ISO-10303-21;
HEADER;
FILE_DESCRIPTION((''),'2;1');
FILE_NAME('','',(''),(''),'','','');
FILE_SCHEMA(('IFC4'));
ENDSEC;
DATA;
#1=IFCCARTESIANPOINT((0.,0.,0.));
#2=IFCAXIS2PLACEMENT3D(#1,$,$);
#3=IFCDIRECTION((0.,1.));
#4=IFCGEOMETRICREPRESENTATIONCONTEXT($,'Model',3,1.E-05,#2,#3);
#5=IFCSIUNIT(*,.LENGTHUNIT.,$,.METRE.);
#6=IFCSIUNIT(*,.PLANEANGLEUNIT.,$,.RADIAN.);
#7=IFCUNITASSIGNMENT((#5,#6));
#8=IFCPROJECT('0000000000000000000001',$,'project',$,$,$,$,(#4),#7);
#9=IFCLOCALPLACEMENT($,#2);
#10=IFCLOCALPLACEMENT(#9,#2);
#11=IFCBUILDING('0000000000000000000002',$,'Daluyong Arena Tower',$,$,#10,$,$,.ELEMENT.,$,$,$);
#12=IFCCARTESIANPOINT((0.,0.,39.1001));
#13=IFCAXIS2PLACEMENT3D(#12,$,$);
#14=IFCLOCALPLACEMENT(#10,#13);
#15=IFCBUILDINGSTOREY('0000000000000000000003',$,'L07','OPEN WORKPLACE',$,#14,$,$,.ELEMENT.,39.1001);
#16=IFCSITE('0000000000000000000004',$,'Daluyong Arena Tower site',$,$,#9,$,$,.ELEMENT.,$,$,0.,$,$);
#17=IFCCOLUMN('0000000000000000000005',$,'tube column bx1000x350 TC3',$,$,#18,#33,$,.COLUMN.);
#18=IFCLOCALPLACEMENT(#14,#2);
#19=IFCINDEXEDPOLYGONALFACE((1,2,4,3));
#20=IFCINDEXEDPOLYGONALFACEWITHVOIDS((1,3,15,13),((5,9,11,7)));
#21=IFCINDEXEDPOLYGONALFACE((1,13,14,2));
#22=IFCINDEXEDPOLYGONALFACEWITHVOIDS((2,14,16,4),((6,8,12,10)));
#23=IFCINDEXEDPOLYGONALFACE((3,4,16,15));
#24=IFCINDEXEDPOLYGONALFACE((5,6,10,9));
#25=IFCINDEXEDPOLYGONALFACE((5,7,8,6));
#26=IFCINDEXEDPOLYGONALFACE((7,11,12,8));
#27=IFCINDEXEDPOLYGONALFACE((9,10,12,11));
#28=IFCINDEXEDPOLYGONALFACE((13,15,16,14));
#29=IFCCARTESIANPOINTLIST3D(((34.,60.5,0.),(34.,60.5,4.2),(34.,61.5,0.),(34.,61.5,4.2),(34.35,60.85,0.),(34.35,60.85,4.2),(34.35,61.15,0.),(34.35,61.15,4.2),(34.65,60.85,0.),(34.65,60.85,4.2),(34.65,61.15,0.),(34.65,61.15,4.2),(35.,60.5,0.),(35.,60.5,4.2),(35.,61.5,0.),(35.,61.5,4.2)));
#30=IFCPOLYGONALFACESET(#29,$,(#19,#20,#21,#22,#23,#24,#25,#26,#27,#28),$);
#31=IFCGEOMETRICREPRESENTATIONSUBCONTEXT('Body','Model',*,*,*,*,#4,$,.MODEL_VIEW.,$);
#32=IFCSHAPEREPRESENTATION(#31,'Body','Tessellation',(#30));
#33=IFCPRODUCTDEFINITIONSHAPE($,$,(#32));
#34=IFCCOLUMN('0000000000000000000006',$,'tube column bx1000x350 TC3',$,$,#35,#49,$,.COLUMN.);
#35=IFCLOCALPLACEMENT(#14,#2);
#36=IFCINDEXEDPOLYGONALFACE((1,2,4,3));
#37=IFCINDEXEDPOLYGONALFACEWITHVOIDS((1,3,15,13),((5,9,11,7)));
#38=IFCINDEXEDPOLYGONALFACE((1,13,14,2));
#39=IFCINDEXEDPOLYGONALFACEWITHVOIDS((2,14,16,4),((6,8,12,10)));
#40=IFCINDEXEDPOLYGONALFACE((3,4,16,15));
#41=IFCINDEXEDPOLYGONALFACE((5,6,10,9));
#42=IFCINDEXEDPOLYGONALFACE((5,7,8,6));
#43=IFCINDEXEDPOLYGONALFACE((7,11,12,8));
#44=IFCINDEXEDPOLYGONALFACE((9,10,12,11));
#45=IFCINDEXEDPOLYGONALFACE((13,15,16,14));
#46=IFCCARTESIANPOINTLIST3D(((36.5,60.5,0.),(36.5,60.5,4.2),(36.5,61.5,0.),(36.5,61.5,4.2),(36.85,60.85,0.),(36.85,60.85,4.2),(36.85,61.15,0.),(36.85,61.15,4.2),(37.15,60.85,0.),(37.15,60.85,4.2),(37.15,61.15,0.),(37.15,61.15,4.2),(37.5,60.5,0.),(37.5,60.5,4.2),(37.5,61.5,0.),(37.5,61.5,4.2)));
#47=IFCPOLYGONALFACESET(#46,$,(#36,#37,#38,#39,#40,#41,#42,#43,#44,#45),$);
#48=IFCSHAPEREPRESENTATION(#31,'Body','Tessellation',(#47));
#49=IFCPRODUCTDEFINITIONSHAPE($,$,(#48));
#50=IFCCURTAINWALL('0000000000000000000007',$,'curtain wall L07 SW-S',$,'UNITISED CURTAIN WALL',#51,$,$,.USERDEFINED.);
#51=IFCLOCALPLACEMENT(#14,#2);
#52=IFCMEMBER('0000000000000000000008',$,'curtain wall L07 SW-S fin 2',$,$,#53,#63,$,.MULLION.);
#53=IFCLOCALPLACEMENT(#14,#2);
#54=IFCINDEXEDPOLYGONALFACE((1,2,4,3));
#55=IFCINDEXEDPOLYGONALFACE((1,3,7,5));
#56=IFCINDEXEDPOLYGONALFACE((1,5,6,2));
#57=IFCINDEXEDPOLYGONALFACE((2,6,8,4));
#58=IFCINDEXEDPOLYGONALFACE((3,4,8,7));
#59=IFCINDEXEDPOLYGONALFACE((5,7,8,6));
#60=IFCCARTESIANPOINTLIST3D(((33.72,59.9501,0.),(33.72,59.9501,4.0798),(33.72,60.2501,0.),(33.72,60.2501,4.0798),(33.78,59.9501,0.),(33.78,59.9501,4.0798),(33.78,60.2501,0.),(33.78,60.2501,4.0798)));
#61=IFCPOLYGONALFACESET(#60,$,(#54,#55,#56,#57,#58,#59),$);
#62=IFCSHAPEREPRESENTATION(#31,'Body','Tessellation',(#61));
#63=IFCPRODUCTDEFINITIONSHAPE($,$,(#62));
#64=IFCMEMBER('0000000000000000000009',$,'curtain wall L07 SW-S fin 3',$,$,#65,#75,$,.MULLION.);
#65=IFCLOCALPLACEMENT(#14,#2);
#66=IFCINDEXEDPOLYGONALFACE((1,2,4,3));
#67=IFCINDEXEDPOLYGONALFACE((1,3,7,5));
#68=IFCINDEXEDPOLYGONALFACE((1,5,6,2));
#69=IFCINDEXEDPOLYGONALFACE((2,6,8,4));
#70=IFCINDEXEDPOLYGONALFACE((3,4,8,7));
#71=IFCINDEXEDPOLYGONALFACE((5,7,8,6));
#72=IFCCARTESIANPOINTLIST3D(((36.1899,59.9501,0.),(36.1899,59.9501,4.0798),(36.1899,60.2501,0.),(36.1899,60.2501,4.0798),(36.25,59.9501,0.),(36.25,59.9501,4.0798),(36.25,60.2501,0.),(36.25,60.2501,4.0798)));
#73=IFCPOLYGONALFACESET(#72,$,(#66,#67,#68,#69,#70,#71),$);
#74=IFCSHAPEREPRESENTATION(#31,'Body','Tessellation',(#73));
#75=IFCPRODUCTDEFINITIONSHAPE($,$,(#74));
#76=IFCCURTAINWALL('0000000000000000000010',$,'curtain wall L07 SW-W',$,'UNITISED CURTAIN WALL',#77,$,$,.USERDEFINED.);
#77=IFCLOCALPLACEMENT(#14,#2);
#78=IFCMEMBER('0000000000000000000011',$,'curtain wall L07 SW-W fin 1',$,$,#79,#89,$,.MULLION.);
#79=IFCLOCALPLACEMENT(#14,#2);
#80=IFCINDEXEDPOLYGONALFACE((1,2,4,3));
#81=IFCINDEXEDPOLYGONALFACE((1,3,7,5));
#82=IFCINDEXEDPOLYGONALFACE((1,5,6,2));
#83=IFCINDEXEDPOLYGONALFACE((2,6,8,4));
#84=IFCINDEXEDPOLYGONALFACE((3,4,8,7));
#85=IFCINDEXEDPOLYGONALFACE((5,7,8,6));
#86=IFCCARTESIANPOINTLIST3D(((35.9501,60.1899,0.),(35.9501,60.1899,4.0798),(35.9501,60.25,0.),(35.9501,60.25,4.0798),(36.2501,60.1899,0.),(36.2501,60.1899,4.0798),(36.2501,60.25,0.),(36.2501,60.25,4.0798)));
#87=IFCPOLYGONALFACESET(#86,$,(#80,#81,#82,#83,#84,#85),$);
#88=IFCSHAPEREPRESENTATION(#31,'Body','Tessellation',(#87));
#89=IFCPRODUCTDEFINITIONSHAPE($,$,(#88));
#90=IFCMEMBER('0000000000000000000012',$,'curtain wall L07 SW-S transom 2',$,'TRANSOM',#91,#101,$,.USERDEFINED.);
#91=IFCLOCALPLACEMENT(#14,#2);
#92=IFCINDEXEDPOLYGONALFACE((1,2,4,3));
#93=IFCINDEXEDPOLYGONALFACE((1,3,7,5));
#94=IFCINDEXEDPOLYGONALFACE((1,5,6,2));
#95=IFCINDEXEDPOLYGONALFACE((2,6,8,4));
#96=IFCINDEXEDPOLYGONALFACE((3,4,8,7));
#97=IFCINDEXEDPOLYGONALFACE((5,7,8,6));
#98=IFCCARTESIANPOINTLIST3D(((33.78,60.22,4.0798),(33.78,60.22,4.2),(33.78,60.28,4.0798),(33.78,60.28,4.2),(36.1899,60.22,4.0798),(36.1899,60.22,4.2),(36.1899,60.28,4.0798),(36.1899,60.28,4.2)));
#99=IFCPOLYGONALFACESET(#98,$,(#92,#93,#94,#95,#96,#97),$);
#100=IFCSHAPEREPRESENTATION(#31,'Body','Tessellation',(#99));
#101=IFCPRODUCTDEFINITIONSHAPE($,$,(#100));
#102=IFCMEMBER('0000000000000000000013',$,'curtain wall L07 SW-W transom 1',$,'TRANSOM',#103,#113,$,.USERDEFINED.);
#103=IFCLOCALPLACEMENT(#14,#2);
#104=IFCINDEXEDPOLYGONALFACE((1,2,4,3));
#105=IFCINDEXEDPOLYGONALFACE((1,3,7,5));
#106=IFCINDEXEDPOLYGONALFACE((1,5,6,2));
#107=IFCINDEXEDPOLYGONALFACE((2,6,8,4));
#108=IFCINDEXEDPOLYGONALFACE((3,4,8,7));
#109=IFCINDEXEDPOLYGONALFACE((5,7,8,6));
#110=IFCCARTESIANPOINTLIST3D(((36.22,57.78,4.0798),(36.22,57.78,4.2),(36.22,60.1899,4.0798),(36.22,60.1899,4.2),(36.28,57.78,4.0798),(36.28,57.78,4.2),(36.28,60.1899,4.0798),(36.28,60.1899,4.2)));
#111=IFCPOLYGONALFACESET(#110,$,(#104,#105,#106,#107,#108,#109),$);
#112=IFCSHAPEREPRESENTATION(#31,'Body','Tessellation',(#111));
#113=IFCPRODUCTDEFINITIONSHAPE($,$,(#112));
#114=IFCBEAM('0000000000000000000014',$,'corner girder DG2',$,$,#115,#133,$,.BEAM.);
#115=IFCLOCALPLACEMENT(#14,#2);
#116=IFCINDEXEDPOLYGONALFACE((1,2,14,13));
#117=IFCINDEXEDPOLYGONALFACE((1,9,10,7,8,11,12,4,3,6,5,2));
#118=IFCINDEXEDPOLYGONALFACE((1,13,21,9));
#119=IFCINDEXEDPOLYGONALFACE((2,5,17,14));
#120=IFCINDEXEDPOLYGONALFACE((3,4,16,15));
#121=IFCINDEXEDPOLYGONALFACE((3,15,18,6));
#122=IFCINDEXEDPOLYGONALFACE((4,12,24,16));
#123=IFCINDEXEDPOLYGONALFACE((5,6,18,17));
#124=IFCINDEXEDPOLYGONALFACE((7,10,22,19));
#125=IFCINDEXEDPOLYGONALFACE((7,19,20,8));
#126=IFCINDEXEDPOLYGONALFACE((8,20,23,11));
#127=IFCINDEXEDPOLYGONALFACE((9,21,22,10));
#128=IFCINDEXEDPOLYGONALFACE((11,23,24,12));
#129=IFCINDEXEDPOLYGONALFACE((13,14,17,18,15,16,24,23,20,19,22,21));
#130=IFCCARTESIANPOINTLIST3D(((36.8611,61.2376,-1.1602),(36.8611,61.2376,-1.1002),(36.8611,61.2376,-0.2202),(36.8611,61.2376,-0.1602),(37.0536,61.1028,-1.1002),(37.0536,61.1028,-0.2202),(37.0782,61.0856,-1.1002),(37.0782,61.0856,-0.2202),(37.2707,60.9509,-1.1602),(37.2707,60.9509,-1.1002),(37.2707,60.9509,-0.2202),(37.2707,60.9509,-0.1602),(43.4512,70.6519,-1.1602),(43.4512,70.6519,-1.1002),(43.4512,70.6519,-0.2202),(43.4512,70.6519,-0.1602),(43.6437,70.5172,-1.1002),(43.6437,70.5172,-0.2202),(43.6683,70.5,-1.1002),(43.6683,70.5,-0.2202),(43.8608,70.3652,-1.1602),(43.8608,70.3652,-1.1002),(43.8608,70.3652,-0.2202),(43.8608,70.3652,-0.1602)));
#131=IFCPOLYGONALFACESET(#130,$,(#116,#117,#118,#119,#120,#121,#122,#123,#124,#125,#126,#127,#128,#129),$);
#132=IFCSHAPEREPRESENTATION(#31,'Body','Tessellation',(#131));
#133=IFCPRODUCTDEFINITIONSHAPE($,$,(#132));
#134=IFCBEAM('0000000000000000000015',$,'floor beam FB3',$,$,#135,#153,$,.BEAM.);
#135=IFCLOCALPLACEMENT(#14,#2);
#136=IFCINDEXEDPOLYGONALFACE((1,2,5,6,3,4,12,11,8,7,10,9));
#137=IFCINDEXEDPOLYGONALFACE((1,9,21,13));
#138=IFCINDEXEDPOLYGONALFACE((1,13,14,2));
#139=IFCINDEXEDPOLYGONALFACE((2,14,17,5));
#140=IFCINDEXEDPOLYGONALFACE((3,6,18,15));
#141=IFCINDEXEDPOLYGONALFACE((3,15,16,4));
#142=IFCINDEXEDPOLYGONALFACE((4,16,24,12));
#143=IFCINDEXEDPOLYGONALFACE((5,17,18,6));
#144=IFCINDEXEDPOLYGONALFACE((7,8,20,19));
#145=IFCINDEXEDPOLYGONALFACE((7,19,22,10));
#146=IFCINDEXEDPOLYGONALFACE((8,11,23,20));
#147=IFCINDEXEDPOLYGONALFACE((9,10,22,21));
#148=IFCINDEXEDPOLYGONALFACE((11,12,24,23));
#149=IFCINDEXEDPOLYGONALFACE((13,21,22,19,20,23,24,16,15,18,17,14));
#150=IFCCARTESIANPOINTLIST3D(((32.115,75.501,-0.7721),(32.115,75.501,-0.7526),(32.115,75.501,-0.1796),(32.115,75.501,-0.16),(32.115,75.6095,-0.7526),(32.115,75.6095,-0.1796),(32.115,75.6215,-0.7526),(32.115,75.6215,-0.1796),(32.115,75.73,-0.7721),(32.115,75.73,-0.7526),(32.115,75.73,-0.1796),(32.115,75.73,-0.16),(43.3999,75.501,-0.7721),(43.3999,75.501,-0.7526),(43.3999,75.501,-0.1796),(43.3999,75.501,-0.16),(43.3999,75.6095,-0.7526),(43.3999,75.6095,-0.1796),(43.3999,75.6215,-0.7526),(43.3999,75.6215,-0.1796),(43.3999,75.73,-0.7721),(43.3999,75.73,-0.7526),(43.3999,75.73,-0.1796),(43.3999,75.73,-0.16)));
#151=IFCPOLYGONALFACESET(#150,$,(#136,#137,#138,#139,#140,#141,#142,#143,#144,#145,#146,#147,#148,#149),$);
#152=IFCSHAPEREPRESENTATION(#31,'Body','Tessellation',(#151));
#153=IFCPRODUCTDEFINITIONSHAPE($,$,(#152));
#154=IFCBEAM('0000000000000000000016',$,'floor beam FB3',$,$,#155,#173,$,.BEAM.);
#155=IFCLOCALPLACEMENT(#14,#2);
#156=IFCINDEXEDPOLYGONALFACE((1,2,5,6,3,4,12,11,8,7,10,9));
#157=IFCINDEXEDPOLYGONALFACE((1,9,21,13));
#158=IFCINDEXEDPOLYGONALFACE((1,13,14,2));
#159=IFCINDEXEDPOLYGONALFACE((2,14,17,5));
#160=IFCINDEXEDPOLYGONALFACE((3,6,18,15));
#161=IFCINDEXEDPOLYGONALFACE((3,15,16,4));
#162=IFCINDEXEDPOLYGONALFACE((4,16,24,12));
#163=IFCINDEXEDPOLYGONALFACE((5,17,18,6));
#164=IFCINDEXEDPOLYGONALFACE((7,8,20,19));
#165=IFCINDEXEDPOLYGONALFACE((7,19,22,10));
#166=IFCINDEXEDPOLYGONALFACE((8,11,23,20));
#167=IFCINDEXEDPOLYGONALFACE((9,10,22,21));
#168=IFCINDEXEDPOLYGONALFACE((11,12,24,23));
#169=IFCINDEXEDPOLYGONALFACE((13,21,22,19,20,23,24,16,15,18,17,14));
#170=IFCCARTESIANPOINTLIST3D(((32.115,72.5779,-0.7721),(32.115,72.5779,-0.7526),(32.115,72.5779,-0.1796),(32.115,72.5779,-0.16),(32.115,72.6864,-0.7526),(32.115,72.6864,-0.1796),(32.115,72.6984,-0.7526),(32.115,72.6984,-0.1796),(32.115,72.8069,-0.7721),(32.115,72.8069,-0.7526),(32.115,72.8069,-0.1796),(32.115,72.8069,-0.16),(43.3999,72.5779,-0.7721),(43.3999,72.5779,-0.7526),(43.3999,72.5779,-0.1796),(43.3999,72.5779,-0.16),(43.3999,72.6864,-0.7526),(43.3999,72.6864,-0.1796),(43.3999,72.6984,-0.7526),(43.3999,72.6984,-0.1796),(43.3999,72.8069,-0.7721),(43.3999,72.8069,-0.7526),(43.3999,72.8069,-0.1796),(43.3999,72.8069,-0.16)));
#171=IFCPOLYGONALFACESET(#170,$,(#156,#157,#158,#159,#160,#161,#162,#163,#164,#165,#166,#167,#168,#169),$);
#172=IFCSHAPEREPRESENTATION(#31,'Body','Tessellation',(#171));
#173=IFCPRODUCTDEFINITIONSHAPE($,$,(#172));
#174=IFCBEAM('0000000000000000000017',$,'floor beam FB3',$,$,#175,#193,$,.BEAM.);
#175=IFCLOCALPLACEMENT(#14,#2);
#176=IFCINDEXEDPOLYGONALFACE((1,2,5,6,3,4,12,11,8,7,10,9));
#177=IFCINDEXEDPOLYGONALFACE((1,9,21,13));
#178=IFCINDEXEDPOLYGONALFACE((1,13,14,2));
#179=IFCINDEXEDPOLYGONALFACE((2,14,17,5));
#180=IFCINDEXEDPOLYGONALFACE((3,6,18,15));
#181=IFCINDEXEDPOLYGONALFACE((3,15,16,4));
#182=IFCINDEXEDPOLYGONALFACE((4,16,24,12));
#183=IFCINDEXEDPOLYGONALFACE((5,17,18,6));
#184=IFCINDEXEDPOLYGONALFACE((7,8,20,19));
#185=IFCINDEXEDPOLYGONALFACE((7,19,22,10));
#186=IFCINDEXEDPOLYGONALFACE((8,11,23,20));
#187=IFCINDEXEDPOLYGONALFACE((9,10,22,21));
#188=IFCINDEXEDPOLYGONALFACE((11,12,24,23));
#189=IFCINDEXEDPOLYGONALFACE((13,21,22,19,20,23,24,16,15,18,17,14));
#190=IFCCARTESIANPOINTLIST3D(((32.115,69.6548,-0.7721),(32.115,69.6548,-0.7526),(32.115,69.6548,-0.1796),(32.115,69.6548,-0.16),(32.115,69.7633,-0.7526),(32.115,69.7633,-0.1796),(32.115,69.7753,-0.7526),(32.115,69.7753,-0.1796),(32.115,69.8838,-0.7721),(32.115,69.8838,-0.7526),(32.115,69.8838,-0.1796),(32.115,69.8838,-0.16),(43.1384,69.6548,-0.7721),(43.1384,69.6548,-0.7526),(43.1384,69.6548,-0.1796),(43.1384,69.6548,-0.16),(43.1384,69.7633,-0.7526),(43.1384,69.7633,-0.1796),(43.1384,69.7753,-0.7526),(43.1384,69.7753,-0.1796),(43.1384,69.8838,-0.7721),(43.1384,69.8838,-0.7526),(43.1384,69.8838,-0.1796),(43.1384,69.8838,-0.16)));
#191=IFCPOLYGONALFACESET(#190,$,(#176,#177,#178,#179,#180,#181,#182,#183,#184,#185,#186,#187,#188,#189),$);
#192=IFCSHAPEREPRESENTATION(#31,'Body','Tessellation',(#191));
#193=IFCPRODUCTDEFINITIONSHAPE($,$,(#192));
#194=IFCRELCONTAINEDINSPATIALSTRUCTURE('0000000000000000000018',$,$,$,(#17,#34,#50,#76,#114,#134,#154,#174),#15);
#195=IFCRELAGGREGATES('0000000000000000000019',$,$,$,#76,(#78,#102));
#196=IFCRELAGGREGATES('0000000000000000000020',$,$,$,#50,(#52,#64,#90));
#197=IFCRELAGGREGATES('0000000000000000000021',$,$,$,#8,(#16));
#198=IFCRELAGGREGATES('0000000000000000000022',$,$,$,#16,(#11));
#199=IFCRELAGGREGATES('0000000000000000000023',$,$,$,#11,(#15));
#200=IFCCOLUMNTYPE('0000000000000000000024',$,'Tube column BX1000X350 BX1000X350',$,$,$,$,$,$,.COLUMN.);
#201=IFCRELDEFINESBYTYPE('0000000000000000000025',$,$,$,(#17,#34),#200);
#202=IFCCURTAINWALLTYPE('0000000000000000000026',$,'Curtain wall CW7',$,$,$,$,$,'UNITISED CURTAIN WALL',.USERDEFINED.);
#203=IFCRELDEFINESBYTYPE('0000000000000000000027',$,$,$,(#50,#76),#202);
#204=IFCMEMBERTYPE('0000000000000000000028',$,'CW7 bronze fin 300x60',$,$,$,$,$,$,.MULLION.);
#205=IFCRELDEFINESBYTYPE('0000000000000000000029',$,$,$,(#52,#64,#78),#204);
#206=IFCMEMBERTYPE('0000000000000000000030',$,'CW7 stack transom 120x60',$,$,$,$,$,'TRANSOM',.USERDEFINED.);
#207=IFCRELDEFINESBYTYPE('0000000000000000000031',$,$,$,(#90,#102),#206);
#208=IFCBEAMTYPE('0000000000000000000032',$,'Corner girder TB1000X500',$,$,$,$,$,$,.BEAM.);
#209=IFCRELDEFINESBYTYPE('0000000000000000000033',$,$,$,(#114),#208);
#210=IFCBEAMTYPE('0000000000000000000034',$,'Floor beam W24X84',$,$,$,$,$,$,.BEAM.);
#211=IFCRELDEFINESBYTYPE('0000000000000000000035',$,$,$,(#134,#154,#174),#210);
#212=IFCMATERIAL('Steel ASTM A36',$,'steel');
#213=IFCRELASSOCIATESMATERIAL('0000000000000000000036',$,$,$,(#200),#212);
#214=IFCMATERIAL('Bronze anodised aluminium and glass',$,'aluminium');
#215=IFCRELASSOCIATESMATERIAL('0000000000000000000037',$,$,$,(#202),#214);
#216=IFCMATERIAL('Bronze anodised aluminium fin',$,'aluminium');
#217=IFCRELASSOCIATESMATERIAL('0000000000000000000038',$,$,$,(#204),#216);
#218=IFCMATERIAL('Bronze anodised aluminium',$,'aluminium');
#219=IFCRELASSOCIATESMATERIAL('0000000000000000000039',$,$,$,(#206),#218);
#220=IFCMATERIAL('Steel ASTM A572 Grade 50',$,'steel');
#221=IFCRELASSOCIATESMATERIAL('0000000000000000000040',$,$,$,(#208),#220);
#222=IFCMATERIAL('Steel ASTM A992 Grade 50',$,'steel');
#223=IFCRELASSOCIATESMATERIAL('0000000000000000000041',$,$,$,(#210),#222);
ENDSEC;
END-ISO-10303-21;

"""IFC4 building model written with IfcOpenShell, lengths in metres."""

from ifc_helpers import new_model, si_unit, direction, frame, origin, origin_2d, place, context, subcontext, project, spatial, rectangle, hollow_rectangle, i_section, extrude, material, material_profile, profile_set, type_object, element, aggregate, save


model = new_model("IFC4")

# Units and contexts
model_context = context("Model", 3, precision=1e-05, world=origin(), true_north=direction((0.0, 1.0)))
body_context = subcontext(model_context, "Body", "Model", "MODEL_VIEW")
ifc_project = project(units=[si_unit("LENGTHUNIT", "METRE"), si_unit("PLANEANGLEUNIT", "RADIAN")], contexts=[model_context])

# Site, building, storey
site_placement = place(None, origin())
site = spatial("IfcSite", under=ifc_project, at=site_placement, Name="Daluyong Arena Tower site", CompositionType="ELEMENT", RefElevation=0.0)
building_placement = place(site_placement, origin())
building = spatial("IfcBuilding", under=site, at=building_placement, Name="Daluyong Arena Tower", CompositionType="ELEMENT")
storey_placement = place(building_placement, frame((0.0, 0.0, 39.1001)))
storey = spatial("IfcBuildingStorey", under=building, at=storey_placement, Name="L07", Description="OPEN WORKPLACE", CompositionType="ELEMENT", Elevation=39.1001)

# Columns
ifc_material_1 = material(Name="Steel ASTM A36", Category="steel")
ifc_material_profile_1 = material_profile(ifc_material_1, hollow_rectangle(XDim=1.0, YDim=1.0, WallThickness=0.35, at=origin_2d()))
ifc_profile_set_1 = profile_set([ifc_material_profile_1], Name="Steel ASTM A36")
column_type = type_object("IfcColumnType", Name="Tube column BX1000X350 BX1000X350", PredefinedType="COLUMN", material=ifc_profile_set_1)
for number, where, z_axis, x_axis, name in (
    (1, (34.5, 61.0, 0.0), (0.0, 0.0, 1.0), (1.0, 0.0, 0.0), "tube column bx1000x350 TC3"),
    (2, (37.0, 61.0, 0.0), (0.0, 0.0, 1.0), (0.0, 1.0, 0.0), "tube column bx1000x350 TC3"),
):
    element("IfcColumn", number, at=place(storey_placement, frame(where, z_axis=z_axis, x_axis=x_axis)), inside=storey, type_object=column_type, Name=name, PredefinedType="COLUMN", context=body_context, shape_type="SweptSolid", body=[
        extrude(hollow_rectangle(XDim=1.0, YDim=1.0, WallThickness=0.35, at=origin_2d()), origin(), (0.0, 0.0, 1.0), 4.2),
    ])

# Curtain wall, members
ifc_material_2 = material(Name="Bronze anodised aluminium and glass", Category="aluminium")
curtain_wall_type = type_object("IfcCurtainWallType", Name="Curtain wall CW7", ElementType="UNITISED CURTAIN WALL", PredefinedType="USERDEFINED", material=ifc_material_2)
curtain_wall_1_placement = place(storey_placement, origin())
curtain_wall_1 = element("IfcCurtainWall", 3, at=curtain_wall_1_placement, inside=storey, type_object=curtain_wall_type, Name="curtain wall L07 SW-S", ObjectType="UNITISED CURTAIN WALL", PredefinedType="USERDEFINED")
ifc_material_3 = material(Name="Bronze anodised aluminium fin", Category="aluminium")
ifc_material_profile_2 = material_profile(ifc_material_3, rectangle(XDim=0.3, YDim=0.0601, at=origin_2d()))
ifc_profile_set_2 = profile_set([ifc_material_profile_2], Name="Bronze anodised aluminium fin")
member_type_1 = type_object("IfcMemberType", Name="CW7 bronze fin 300x60", PredefinedType="MULLION", material=ifc_profile_set_2)
member_1_placement = place(storey_placement, frame((33.75, 60.1001, 0.0), z_axis=(0.0, 0.0, 1.0), x_axis=(0.0, 1.0, 0.0)))
member_1 = element("IfcMember", 4, at=member_1_placement, type_object=member_type_1, Name="curtain wall L07 SW-S fin 2", PredefinedType="MULLION", context=body_context, shape_type="SweptSolid", body=[
    extrude(rectangle(XDim=0.3, YDim=0.0601, at=origin_2d()), origin(), (0.0, 0.0, 1.0), 4.0798),
])
member_2_placement = place(storey_placement, frame((36.22, 60.1001, 0.0), z_axis=(0.0, 0.0, 1.0), x_axis=(0.0, 1.0, 0.0)))
member_2 = element("IfcMember", 5, at=member_2_placement, type_object=member_type_1, Name="curtain wall L07 SW-S fin 3", PredefinedType="MULLION", context=body_context, shape_type="SweptSolid", body=[
    extrude(rectangle(XDim=0.3, YDim=0.0601, at=origin_2d()), origin(), (0.0, 0.0, 1.0), 4.0798),
])

# Curtain wall, member
curtain_wall_2_placement = place(storey_placement, origin())
curtain_wall_2 = element("IfcCurtainWall", 6, at=curtain_wall_2_placement, inside=storey, type_object=curtain_wall_type, Name="curtain wall L07 SW-W", ObjectType="UNITISED CURTAIN WALL", PredefinedType="USERDEFINED")
member_3_placement = place(storey_placement, frame((36.1001, 60.22, 0.0), z_axis=(0.0, 0.0, 1.0), x_axis=(1.0, 0.0, 0.0)))
member_3 = element("IfcMember", 7, at=member_3_placement, type_object=member_type_1, Name="curtain wall L07 SW-W fin 1", PredefinedType="MULLION", context=body_context, shape_type="SweptSolid", body=[
    extrude(rectangle(XDim=0.3, YDim=0.0601, at=origin_2d()), origin(), (0.0, 0.0, 1.0), 4.0798),
])

# Members
ifc_material_4 = material(Name="Bronze anodised aluminium", Category="aluminium")
ifc_material_profile_3 = material_profile(ifc_material_4, rectangle(XDim=0.0601, YDim=0.1201, at=origin_2d()))
ifc_profile_set_3 = profile_set([ifc_material_profile_3], Name="Bronze anodised aluminium")
member_type_2 = type_object("IfcMemberType", Name="CW7 stack transom 120x60", ElementType="TRANSOM", PredefinedType="USERDEFINED", material=ifc_profile_set_3)
member_4_placement = place(storey_placement, frame((33.78, 60.25, 4.1399), z_axis=(1.0, 0.0, 0.0), x_axis=(0.0, 1.0, 0.0)))
member_4 = element("IfcMember", 8, at=member_4_placement, type_object=member_type_2, Name="curtain wall L07 SW-S transom 2", ObjectType="TRANSOM", PredefinedType="USERDEFINED", context=body_context, shape_type="SweptSolid", body=[
    extrude(rectangle(XDim=0.0601, YDim=0.1201, at=origin_2d()), origin(), (0.0, 0.0, 1.0), 2.4099),
])
member_5_placement = place(storey_placement, frame((36.25, 60.1899, 4.1399), z_axis=(0.0, -1.0, 0.0), x_axis=(1.0, 0.0, 0.0)))
member_5 = element("IfcMember", 9, at=member_5_placement, type_object=member_type_2, Name="curtain wall L07 SW-W transom 1", ObjectType="TRANSOM", PredefinedType="USERDEFINED", context=body_context, shape_type="SweptSolid", body=[
    extrude(rectangle(XDim=0.0601, YDim=0.1201, at=origin_2d()), origin(), (0.0, 0.0, 1.0), 2.4099),
])
aggregate(curtain_wall_2, [member_3, member_5])

# Beams
ifc_material_5 = material(Name="Steel ASTM A572 Grade 50", Category="steel")
ifc_material_profile_4 = material_profile(ifc_material_5, i_section(OverallWidth=0.5, OverallDepth=1.0, WebThickness=0.03, FlangeThickness=0.06, at=origin_2d()))
ifc_profile_set_4 = profile_set([ifc_material_profile_4], Name="Steel ASTM A572 Grade 50")
beam_type_1 = type_object("IfcBeamType", Name="Corner girder TB1000X500", PredefinedType="BEAM", material=ifc_profile_set_4)
beam_1_placement = place(storey_placement, frame((37.0659, 61.0942, -0.6602), z_axis=(0.573467, 0.819229, 0.0), x_axis=(-0.819229, 0.573467, 0.0)))
element("IfcBeam", 10, at=beam_1_placement, inside=storey, type_object=beam_type_1, Name="corner girder DG2", PredefinedType="BEAM", context=body_context, shape_type="SweptSolid", body=[
    extrude(i_section(OverallWidth=0.5, OverallDepth=1.0, WebThickness=0.03, FlangeThickness=0.06, at=origin_2d()), origin(), (0.0, 0.0, 1.0), 11.4917),
])
ifc_material_6 = material(Name="Steel ASTM A992 Grade 50", Category="steel")
ifc_material_profile_5 = material_profile(ifc_material_6, i_section(OverallWidth=0.229, OverallDepth=0.6121, WebThickness=0.012, FlangeThickness=0.0195, at=origin_2d()))
ifc_profile_set_5 = profile_set([ifc_material_profile_5], Name="Steel ASTM A992 Grade 50")
beam_type_2 = type_object("IfcBeamType", Name="Floor beam W24X84", PredefinedType="BEAM", material=ifc_profile_set_5)
for number, where, z_axis, x_axis, name in (
    (11, (32.115, 75.6155, -0.4661), (1.0, 0.0, 0.0), (0.0, 1.0, 0.0), "floor beam FB3"),
    (12, (32.115, 72.6924, -0.4661), (1.0, 0.0, 0.0), (0.0, 1.0, 0.0), "floor beam FB3"),
):
    element("IfcBeam", number, at=place(storey_placement, frame(where, z_axis=z_axis, x_axis=x_axis)), inside=storey, type_object=beam_type_2, Name=name, PredefinedType="BEAM", context=body_context, shape_type="SweptSolid", body=[
        extrude(i_section(OverallWidth=0.229, OverallDepth=0.6121, WebThickness=0.012, FlangeThickness=0.0195, at=origin_2d()), origin(), (0.0, 0.0, 1.0), 11.2849),
    ])
beam_2_placement = place(storey_placement, frame((32.115, 69.7693, -0.4661), z_axis=(1.0, 0.0, 0.0), x_axis=(0.0, 1.0, 0.0)))
element("IfcBeam", 13, at=beam_2_placement, inside=storey, type_object=beam_type_2, Name="floor beam FB3", PredefinedType="BEAM", context=body_context, shape_type="SweptSolid", body=[
    extrude(i_section(OverallWidth=0.229, OverallDepth=0.6121, WebThickness=0.012, FlangeThickness=0.0195, at=origin_2d()), origin(), (0.0, 0.0, 1.0), 11.0234),
])

aggregate(curtain_wall_1, [member_1, member_2, member_4])

save(model, "model.ifc")
